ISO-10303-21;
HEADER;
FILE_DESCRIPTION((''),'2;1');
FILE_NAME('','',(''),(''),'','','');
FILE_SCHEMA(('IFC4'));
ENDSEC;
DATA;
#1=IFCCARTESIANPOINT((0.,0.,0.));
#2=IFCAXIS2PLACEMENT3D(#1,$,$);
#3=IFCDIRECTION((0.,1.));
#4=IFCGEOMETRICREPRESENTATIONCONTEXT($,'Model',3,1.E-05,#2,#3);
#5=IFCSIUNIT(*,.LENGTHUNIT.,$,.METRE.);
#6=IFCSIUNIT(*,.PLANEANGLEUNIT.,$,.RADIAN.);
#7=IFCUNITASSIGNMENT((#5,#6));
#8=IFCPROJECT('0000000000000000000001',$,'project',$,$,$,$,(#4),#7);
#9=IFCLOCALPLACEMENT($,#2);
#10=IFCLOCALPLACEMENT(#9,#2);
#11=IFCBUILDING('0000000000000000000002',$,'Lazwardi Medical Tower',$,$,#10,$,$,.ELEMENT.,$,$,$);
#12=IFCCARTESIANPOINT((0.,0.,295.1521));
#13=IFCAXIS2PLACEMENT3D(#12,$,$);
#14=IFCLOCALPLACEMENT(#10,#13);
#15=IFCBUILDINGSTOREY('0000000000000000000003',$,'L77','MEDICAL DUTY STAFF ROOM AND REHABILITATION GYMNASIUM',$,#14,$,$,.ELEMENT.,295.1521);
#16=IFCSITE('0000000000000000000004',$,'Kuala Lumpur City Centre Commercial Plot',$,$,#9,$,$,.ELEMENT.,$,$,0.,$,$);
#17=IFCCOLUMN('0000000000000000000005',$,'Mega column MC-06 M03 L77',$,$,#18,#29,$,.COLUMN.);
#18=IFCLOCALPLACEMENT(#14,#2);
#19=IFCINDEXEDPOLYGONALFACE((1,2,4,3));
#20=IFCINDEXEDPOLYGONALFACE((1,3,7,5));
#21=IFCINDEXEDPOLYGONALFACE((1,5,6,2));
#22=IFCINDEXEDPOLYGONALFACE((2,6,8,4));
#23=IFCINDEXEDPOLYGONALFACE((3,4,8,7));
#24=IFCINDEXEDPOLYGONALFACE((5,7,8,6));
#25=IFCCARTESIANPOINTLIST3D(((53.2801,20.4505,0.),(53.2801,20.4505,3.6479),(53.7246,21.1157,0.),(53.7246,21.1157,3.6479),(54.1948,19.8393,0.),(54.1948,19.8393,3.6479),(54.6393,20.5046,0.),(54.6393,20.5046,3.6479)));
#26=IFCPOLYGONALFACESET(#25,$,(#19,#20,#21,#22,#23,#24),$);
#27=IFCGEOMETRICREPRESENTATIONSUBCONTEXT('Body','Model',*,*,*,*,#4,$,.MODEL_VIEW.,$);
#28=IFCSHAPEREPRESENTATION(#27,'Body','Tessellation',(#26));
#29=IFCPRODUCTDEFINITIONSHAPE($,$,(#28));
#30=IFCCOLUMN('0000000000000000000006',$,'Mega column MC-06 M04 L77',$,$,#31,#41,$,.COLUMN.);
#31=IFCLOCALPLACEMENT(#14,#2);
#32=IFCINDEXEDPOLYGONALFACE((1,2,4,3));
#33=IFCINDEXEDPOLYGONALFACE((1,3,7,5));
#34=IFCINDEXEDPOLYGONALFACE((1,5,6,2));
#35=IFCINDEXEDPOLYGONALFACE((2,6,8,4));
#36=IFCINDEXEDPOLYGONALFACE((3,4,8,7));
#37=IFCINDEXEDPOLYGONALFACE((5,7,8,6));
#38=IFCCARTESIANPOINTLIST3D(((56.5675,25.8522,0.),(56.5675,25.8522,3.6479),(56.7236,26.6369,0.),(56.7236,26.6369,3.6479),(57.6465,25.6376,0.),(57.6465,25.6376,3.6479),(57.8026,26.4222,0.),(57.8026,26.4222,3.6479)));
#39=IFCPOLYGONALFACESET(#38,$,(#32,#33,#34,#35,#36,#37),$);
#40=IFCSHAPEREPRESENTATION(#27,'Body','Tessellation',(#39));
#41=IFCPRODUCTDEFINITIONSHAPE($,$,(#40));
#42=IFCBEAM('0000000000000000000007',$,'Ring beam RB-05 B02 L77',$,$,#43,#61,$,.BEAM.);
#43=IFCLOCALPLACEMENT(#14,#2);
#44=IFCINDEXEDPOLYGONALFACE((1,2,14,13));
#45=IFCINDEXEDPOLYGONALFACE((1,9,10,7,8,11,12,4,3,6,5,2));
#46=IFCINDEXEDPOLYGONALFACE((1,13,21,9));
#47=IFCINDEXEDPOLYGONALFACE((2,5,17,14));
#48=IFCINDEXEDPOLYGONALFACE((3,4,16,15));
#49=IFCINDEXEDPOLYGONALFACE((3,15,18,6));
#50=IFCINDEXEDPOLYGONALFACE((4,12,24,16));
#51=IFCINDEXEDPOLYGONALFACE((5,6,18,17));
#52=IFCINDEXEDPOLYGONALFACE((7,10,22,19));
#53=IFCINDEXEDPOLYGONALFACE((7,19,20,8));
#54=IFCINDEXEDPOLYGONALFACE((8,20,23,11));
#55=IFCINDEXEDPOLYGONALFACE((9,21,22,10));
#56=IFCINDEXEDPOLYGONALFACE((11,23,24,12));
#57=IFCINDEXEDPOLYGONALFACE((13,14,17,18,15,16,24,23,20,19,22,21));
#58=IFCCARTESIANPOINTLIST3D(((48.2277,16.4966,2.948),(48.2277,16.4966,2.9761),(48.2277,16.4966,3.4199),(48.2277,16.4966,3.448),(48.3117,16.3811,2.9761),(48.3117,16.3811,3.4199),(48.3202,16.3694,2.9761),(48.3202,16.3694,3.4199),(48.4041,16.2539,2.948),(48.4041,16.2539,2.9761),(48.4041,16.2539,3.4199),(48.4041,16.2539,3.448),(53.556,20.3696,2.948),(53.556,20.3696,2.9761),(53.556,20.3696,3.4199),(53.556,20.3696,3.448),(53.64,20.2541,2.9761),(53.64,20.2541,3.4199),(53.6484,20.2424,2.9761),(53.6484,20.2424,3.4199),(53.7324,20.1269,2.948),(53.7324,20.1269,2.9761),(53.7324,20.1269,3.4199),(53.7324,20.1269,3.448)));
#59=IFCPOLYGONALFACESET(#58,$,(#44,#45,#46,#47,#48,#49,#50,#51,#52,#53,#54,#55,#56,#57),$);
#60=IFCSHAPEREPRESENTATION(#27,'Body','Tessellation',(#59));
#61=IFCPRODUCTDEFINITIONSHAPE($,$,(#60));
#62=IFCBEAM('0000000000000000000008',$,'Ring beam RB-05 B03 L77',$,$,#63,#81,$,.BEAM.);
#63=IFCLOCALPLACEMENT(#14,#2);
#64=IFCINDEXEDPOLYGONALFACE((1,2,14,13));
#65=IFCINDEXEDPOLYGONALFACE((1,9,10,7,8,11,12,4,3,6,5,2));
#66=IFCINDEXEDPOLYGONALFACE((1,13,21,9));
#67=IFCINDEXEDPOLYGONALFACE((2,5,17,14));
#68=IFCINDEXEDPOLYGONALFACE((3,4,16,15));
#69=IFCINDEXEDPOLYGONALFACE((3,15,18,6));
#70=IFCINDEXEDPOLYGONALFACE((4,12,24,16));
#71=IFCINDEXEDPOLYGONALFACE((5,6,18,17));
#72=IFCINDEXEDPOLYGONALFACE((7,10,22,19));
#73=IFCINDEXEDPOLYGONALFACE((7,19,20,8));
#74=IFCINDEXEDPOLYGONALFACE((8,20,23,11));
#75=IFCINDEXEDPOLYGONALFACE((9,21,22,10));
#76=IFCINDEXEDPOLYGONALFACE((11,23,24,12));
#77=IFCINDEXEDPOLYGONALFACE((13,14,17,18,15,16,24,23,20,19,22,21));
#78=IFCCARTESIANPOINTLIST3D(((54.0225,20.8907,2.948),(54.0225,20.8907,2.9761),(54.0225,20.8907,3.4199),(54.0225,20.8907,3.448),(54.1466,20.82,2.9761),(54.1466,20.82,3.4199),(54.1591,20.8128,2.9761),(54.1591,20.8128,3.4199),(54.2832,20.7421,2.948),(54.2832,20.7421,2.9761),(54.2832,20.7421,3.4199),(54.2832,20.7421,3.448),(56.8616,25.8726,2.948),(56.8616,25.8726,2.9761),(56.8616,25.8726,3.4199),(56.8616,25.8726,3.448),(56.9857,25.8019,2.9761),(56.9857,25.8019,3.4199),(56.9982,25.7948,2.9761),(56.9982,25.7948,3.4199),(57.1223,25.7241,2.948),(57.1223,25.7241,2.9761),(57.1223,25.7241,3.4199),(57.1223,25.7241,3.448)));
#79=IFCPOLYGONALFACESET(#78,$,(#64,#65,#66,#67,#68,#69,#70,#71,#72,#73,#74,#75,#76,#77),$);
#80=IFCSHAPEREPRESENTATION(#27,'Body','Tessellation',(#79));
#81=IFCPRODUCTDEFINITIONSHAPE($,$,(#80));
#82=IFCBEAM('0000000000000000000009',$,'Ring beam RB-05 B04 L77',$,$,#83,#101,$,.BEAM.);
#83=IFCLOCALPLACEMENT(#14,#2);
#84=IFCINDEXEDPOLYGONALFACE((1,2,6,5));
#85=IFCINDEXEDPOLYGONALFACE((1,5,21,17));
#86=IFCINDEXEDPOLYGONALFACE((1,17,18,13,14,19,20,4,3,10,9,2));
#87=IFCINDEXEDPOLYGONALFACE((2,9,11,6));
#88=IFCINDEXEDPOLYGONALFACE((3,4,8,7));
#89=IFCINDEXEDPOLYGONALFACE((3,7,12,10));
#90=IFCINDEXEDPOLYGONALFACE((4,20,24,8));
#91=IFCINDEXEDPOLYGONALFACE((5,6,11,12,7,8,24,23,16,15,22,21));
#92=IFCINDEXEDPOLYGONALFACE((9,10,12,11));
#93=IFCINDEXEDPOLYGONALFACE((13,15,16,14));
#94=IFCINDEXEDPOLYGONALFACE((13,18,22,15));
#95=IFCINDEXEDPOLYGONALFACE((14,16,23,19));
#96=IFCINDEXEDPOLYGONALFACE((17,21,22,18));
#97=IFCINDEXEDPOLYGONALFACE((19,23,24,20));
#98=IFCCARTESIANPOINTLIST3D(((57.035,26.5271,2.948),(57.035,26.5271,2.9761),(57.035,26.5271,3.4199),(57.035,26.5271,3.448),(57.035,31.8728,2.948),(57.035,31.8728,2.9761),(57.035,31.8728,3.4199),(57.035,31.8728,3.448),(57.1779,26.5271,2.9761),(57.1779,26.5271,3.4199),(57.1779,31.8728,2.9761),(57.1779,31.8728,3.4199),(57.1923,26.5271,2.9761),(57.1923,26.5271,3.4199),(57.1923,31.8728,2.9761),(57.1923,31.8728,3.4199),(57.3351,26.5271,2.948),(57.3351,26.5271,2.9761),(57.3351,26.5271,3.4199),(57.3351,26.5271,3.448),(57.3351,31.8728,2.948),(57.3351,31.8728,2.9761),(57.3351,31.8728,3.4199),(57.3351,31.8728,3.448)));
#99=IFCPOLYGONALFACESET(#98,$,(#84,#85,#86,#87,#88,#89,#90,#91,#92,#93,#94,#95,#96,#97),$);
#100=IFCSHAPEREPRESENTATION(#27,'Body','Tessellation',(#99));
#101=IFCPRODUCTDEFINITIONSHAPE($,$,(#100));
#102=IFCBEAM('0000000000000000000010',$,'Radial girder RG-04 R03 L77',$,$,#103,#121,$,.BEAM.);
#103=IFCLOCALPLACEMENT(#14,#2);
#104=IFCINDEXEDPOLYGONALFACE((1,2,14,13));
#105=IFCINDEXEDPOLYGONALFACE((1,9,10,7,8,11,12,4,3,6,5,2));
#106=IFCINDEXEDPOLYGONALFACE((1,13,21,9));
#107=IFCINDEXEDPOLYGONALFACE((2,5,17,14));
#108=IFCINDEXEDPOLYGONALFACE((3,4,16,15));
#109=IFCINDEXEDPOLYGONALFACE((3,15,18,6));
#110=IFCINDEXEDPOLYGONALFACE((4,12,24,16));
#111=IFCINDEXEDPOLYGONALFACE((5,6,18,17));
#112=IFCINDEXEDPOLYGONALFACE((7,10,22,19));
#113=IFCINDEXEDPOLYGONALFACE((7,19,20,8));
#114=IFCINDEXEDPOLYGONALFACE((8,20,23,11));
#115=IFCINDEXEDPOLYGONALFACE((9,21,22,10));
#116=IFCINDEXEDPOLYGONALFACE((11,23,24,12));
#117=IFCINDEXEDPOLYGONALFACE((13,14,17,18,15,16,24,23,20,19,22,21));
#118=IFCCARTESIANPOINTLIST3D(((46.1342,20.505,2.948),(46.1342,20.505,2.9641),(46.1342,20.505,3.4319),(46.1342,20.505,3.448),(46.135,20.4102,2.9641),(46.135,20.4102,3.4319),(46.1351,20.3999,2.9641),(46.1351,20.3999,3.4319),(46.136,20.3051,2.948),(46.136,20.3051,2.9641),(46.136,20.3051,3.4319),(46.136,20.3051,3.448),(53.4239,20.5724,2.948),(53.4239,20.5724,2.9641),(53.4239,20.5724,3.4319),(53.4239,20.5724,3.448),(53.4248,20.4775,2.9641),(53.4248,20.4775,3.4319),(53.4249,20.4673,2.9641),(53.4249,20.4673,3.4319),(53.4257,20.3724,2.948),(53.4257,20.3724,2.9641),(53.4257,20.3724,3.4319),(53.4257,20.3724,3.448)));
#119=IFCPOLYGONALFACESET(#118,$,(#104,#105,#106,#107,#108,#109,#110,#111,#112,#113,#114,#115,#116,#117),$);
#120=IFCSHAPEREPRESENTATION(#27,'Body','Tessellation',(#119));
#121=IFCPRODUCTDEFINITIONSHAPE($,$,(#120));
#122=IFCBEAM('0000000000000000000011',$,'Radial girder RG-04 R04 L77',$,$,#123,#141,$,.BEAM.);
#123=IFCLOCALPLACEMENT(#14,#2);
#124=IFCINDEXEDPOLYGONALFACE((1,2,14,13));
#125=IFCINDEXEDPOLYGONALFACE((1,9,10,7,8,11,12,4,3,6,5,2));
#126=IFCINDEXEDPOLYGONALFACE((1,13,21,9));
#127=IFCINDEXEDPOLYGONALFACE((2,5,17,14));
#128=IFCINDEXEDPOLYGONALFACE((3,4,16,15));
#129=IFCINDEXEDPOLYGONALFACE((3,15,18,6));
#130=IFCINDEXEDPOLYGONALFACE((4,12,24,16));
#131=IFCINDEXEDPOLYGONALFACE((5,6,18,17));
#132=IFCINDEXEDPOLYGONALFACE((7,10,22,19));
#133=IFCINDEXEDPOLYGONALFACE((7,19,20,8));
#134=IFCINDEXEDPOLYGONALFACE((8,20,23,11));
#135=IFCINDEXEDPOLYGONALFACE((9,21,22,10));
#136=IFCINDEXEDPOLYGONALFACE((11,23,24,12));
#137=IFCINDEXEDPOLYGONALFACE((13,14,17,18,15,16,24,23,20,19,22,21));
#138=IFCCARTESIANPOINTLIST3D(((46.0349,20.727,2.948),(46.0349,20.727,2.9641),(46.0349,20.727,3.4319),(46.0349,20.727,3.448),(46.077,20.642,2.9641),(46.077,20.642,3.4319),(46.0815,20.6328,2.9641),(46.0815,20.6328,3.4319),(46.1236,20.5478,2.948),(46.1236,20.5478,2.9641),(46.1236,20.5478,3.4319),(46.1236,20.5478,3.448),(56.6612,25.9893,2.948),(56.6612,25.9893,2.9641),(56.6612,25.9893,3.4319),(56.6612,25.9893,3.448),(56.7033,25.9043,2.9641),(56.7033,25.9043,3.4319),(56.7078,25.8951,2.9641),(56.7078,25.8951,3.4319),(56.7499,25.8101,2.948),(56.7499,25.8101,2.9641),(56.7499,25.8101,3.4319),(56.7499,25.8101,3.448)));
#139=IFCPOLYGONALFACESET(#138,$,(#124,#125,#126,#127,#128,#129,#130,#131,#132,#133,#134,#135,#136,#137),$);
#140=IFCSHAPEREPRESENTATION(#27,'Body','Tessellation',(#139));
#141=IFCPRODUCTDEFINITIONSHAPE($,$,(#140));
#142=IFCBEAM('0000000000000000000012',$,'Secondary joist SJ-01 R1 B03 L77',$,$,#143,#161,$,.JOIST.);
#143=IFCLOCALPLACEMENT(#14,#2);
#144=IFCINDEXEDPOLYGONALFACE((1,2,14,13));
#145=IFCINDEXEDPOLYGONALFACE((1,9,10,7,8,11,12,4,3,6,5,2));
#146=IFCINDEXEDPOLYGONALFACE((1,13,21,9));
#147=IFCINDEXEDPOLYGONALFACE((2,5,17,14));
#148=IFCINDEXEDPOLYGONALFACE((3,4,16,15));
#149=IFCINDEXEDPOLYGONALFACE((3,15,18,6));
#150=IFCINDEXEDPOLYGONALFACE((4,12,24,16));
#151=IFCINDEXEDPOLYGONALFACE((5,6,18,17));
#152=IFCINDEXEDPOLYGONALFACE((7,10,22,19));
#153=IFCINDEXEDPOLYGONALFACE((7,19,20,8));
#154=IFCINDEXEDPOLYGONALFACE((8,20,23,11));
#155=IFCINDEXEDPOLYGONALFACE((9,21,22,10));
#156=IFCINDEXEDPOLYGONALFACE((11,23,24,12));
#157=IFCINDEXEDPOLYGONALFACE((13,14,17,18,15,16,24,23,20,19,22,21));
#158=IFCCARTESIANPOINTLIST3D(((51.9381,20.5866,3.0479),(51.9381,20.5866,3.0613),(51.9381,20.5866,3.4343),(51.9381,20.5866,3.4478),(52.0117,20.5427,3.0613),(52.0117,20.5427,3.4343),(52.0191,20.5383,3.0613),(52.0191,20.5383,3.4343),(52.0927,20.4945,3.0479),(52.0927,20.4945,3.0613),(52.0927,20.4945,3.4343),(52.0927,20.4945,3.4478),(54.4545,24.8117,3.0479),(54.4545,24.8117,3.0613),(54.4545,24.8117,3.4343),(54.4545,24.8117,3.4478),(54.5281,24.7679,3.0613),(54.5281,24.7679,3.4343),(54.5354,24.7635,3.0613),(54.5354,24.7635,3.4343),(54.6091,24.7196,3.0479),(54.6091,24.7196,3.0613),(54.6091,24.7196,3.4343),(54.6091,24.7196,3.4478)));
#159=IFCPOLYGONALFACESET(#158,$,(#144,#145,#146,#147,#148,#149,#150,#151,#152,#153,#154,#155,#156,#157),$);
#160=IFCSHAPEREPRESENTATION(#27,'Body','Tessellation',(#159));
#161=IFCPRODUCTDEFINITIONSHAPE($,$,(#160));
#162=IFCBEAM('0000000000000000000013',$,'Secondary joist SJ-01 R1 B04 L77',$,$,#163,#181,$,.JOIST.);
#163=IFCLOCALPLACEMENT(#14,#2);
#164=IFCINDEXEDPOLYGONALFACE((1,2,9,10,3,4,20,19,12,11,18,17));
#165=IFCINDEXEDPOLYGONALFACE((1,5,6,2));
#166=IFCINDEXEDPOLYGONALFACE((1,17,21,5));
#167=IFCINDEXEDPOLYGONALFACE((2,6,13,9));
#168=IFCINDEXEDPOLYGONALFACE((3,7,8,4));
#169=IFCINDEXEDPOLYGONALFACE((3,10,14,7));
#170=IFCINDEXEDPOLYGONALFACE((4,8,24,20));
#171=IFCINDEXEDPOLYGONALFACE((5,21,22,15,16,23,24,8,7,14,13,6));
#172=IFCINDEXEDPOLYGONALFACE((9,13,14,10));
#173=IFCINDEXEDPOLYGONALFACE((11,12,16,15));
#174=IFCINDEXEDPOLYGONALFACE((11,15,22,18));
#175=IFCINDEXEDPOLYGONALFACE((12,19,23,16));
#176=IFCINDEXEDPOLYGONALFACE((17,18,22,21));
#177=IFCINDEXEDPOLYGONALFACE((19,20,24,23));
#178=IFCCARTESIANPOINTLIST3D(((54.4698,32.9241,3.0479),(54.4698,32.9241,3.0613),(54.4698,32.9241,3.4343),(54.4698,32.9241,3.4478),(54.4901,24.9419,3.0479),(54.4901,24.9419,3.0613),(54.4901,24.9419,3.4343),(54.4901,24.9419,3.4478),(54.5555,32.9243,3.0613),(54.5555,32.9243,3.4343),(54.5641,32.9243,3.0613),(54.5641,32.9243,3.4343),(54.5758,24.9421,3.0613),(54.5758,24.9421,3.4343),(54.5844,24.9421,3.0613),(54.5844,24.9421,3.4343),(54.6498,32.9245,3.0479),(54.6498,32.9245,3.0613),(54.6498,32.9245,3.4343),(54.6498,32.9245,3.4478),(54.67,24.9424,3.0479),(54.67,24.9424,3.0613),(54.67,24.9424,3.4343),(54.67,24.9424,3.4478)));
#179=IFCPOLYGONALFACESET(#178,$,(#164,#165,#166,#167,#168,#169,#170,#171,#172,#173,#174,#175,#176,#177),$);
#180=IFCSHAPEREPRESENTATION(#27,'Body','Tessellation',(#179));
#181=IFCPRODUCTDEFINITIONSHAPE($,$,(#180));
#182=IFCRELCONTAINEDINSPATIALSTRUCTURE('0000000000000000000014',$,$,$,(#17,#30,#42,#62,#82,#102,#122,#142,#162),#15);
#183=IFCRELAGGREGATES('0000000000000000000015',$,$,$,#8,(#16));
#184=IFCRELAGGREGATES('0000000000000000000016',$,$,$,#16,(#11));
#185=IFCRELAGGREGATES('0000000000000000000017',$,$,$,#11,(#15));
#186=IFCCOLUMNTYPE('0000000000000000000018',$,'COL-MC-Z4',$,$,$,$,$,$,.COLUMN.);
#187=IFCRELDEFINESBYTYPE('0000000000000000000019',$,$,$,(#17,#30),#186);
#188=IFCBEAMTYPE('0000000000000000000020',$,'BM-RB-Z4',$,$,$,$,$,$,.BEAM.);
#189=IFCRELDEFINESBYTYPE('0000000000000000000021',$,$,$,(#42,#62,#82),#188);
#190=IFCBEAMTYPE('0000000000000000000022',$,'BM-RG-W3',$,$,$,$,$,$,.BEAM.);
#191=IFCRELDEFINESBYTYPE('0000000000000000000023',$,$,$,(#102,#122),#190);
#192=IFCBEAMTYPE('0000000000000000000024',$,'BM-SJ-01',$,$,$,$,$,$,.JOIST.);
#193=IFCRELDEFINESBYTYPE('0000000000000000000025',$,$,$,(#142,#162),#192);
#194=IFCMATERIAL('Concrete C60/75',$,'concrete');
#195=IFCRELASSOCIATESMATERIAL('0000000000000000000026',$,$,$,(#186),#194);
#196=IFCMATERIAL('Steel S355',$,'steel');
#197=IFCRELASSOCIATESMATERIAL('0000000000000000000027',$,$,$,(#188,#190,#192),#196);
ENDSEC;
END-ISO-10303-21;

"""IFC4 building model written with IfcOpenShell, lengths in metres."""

from ifc_helpers import new_model, si_unit, direction, frame, origin, origin_2d, place, context, subcontext, project, spatial, rectangle, i_section, extrude, material, material_profile, profile_set, type_object, element, save


model = new_model("IFC4")

# Units and contexts
model_context = context("Model", 3, precision=1e-05, world=origin(), true_north=direction((0.0, 1.0)))
body_context = subcontext(model_context, "Body", "Model", "MODEL_VIEW")
ifc_project = project(units=[si_unit("LENGTHUNIT", "METRE"), si_unit("PLANEANGLEUNIT", "RADIAN")], contexts=[model_context])

# Site, building, storey
site_placement = place(None, origin())
site = spatial("IfcSite", under=ifc_project, at=site_placement, Name="Kuala Lumpur City Centre Commercial Plot", CompositionType="ELEMENT", RefElevation=0.0)
building_placement = place(site_placement, origin())
building = spatial("IfcBuilding", under=site, at=building_placement, Name="Lazwardi Medical Tower", CompositionType="ELEMENT")
storey_placement = place(building_placement, frame((0.0, 0.0, 295.1521)))
storey = spatial("IfcBuildingStorey", under=building, at=storey_placement, Name="L77", Description="MEDICAL DUTY STAFF ROOM AND REHABILITATION GYMNASIUM", CompositionType="ELEMENT", Elevation=295.1521)

# Columns
ifc_material_1 = material(Name="Concrete C60/75", Category="concrete")
ifc_material_profile_1 = material_profile(ifc_material_1, rectangle(XDim=1.1001, YDim=0.8, at=origin_2d()), Name="CFT-RECT 1100x800")
ifc_profile_set_1 = profile_set([ifc_material_profile_1], Name="Concrete C60/75")
column_type = type_object("IfcColumnType", Name="COL-MC-Z4", PredefinedType="COLUMN", material=ifc_profile_set_1)
for number, where, z_axis, x_axis, name in (
    (1, (53.9597, 20.4775, 0.0), (0.0, 0.0, 1.0), (0.83147, -0.55557, 0.0), "Mega column MC-06 M03 L77"),
    (2, (57.1851, 26.1372, 0.0), (0.0, 0.0, 1.0), (0.980785, -0.19509, 0.0), "Mega column MC-06 M04 L77"),
):
    element("IfcColumn", number, at=place(storey_placement, frame(where, z_axis=z_axis, x_axis=x_axis)), inside=storey, type_object=column_type, Name=name, PredefinedType="COLUMN", context=body_context, shape_type="SweptSolid", body=[
        extrude(rectangle(XDim=1.1001, YDim=0.8, at=origin_2d()), origin(), (0.0, 0.0, 1.0), 3.6479),
    ])

# Beams
ifc_material_2 = material(Name="Steel S355", Category="steel")
ifc_material_profile_2 = material_profile(ifc_material_2, i_section(OverallWidth=0.3, OverallDepth=0.5, WebThickness=0.0144, FlangeThickness=0.0281, at=origin_2d()), Name="HEB 500")
ifc_profile_set_2 = profile_set([ifc_material_profile_2], Name="Steel S355")
beam_type_1 = type_object("IfcBeamType", Name="BM-RB-Z4", PredefinedType="BEAM", material=ifc_profile_set_2)
beam_1_placement = place(storey_placement, frame((48.3159, 16.3752, 3.198), z_axis=(0.80889, 0.58796, 0.0), x_axis=(-0.58796, 0.80889, 0.0)))
element("IfcBeam", 3, at=beam_1_placement, inside=storey, type_object=beam_type_1, Name="Ring beam RB-05 B02 L77", PredefinedType="BEAM", context=body_context, shape_type="SweptSolid", body=[
    extrude(i_section(OverallWidth=0.3, OverallDepth=0.5, WebThickness=0.0144, FlangeThickness=0.0281, at=origin_2d()), origin(), (0.0, 0.0, 1.0), 6.5872),
])
beam_2_placement = place(storey_placement, frame((54.1528, 20.8164, 3.198), z_axis=(0.495125, 0.868822, 0.0), x_axis=(-0.868822, 0.495125, 0.0)))
element("IfcBeam", 4, at=beam_2_placement, inside=storey, type_object=beam_type_1, Name="Ring beam RB-05 B03 L77", PredefinedType="BEAM", context=body_context, shape_type="SweptSolid", body=[
    extrude(i_section(OverallWidth=0.3, OverallDepth=0.5, WebThickness=0.0144, FlangeThickness=0.0281, at=origin_2d()), origin(), (0.0, 0.0, 1.0), 5.7341),
])
beam_3_placement = place(storey_placement, frame((57.1851, 26.5271, 3.198), z_axis=(0.0, 1.0, 0.0), x_axis=(-1.0, 0.0, 0.0)))
element("IfcBeam", 5, at=beam_3_placement, inside=storey, type_object=beam_type_1, Name="Ring beam RB-05 B04 L77", PredefinedType="BEAM", context=body_context, shape_type="SweptSolid", body=[
    extrude(i_section(OverallWidth=0.3, OverallDepth=0.5, WebThickness=0.0144, FlangeThickness=0.0281, at=origin_2d()), origin(), (0.0, 0.0, 1.0), 5.3457),
])
ifc_material_profile_3 = material_profile(ifc_material_2, i_section(OverallWidth=0.2, OverallDepth=0.5, WebThickness=0.0103, FlangeThickness=0.0161, at=origin_2d()), Name="IPE 500")
ifc_profile_set_3 = profile_set([ifc_material_profile_3], Name="Steel S355")
beam_type_2 = type_object("IfcBeamType", Name="BM-RG-W3", PredefinedType="BEAM", material=ifc_profile_set_3)
beam_4_placement = place(storey_placement, frame((53.4248, 20.4724, 3.198), z_axis=(-0.999957, -0.009243, 0.0), x_axis=(0.009243, -0.999957, 0.0)))
element("IfcBeam", 6, at=beam_4_placement, inside=storey, type_object=beam_type_2, Name="Radial girder RG-04 R03 L77", PredefinedType="BEAM", context=body_context, shape_type="SweptSolid", body=[
    extrude(i_section(OverallWidth=0.2, OverallDepth=0.5, WebThickness=0.0103, FlangeThickness=0.0161, at=origin_2d()), origin(), (0.0, 0.0, 1.0), 7.29),
])
beam_5_placement = place(storey_placement, frame((56.7056, 25.8997, 3.198), z_axis=(-0.896138, -0.443776, 0.0), x_axis=(0.443776, -0.896138, 0.0)))
element("IfcBeam", 7, at=beam_5_placement, inside=storey, type_object=beam_type_2, Name="Radial girder RG-04 R04 L77", PredefinedType="BEAM", context=body_context, shape_type="SweptSolid", body=[
    extrude(i_section(OverallWidth=0.2, OverallDepth=0.5, WebThickness=0.0103, FlangeThickness=0.0161, at=origin_2d()), origin(), (0.0, 0.0, 1.0), 11.8579),
])
ifc_material_profile_4 = material_profile(ifc_material_2, i_section(OverallWidth=0.1799, OverallDepth=0.3999, WebThickness=0.0085, FlangeThickness=0.0134, at=origin_2d()), Name="IPE 400")
ifc_profile_set_4 = profile_set([ifc_material_profile_4], Name="Steel S355")
beam_type_3 = type_object("IfcBeamType", Name="BM-SJ-01", PredefinedType="JOIST", material=ifc_profile_set_4)
beam_6_placement = place(storey_placement, frame((52.0154, 20.5405, 3.2478), z_axis=(0.511697, 0.859166, 0.0), x_axis=(-0.859166, 0.511697, 0.0)))
element("IfcBeam", 8, at=beam_6_placement, inside=storey, type_object=beam_type_3, Name="Secondary joist SJ-01 R1 B03 L77", PredefinedType="JOIST", context=body_context, shape_type="SweptSolid", body=[
    extrude(i_section(OverallWidth=0.1799, OverallDepth=0.3999, WebThickness=0.0085, FlangeThickness=0.0134, at=origin_2d()), origin(), (0.0, 0.0, 1.0), 4.9177),
])
beam_7_placement = place(storey_placement, frame((54.5801, 24.9421, 3.2478), z_axis=(-0.002539, 0.999997, 0.0), x_axis=(-0.999997, -0.002539, 0.0)))
element("IfcBeam", 9, at=beam_7_placement, inside=storey, type_object=beam_type_3, Name="Secondary joist SJ-01 R1 B04 L77", PredefinedType="JOIST", context=body_context, shape_type="SweptSolid", body=[
    extrude(i_section(OverallWidth=0.1799, OverallDepth=0.3999, WebThickness=0.0085, FlangeThickness=0.0134, at=origin_2d()), origin(), (0.0, 0.0, 1.0), 7.9822),
])

save(model, "model.ifc")
